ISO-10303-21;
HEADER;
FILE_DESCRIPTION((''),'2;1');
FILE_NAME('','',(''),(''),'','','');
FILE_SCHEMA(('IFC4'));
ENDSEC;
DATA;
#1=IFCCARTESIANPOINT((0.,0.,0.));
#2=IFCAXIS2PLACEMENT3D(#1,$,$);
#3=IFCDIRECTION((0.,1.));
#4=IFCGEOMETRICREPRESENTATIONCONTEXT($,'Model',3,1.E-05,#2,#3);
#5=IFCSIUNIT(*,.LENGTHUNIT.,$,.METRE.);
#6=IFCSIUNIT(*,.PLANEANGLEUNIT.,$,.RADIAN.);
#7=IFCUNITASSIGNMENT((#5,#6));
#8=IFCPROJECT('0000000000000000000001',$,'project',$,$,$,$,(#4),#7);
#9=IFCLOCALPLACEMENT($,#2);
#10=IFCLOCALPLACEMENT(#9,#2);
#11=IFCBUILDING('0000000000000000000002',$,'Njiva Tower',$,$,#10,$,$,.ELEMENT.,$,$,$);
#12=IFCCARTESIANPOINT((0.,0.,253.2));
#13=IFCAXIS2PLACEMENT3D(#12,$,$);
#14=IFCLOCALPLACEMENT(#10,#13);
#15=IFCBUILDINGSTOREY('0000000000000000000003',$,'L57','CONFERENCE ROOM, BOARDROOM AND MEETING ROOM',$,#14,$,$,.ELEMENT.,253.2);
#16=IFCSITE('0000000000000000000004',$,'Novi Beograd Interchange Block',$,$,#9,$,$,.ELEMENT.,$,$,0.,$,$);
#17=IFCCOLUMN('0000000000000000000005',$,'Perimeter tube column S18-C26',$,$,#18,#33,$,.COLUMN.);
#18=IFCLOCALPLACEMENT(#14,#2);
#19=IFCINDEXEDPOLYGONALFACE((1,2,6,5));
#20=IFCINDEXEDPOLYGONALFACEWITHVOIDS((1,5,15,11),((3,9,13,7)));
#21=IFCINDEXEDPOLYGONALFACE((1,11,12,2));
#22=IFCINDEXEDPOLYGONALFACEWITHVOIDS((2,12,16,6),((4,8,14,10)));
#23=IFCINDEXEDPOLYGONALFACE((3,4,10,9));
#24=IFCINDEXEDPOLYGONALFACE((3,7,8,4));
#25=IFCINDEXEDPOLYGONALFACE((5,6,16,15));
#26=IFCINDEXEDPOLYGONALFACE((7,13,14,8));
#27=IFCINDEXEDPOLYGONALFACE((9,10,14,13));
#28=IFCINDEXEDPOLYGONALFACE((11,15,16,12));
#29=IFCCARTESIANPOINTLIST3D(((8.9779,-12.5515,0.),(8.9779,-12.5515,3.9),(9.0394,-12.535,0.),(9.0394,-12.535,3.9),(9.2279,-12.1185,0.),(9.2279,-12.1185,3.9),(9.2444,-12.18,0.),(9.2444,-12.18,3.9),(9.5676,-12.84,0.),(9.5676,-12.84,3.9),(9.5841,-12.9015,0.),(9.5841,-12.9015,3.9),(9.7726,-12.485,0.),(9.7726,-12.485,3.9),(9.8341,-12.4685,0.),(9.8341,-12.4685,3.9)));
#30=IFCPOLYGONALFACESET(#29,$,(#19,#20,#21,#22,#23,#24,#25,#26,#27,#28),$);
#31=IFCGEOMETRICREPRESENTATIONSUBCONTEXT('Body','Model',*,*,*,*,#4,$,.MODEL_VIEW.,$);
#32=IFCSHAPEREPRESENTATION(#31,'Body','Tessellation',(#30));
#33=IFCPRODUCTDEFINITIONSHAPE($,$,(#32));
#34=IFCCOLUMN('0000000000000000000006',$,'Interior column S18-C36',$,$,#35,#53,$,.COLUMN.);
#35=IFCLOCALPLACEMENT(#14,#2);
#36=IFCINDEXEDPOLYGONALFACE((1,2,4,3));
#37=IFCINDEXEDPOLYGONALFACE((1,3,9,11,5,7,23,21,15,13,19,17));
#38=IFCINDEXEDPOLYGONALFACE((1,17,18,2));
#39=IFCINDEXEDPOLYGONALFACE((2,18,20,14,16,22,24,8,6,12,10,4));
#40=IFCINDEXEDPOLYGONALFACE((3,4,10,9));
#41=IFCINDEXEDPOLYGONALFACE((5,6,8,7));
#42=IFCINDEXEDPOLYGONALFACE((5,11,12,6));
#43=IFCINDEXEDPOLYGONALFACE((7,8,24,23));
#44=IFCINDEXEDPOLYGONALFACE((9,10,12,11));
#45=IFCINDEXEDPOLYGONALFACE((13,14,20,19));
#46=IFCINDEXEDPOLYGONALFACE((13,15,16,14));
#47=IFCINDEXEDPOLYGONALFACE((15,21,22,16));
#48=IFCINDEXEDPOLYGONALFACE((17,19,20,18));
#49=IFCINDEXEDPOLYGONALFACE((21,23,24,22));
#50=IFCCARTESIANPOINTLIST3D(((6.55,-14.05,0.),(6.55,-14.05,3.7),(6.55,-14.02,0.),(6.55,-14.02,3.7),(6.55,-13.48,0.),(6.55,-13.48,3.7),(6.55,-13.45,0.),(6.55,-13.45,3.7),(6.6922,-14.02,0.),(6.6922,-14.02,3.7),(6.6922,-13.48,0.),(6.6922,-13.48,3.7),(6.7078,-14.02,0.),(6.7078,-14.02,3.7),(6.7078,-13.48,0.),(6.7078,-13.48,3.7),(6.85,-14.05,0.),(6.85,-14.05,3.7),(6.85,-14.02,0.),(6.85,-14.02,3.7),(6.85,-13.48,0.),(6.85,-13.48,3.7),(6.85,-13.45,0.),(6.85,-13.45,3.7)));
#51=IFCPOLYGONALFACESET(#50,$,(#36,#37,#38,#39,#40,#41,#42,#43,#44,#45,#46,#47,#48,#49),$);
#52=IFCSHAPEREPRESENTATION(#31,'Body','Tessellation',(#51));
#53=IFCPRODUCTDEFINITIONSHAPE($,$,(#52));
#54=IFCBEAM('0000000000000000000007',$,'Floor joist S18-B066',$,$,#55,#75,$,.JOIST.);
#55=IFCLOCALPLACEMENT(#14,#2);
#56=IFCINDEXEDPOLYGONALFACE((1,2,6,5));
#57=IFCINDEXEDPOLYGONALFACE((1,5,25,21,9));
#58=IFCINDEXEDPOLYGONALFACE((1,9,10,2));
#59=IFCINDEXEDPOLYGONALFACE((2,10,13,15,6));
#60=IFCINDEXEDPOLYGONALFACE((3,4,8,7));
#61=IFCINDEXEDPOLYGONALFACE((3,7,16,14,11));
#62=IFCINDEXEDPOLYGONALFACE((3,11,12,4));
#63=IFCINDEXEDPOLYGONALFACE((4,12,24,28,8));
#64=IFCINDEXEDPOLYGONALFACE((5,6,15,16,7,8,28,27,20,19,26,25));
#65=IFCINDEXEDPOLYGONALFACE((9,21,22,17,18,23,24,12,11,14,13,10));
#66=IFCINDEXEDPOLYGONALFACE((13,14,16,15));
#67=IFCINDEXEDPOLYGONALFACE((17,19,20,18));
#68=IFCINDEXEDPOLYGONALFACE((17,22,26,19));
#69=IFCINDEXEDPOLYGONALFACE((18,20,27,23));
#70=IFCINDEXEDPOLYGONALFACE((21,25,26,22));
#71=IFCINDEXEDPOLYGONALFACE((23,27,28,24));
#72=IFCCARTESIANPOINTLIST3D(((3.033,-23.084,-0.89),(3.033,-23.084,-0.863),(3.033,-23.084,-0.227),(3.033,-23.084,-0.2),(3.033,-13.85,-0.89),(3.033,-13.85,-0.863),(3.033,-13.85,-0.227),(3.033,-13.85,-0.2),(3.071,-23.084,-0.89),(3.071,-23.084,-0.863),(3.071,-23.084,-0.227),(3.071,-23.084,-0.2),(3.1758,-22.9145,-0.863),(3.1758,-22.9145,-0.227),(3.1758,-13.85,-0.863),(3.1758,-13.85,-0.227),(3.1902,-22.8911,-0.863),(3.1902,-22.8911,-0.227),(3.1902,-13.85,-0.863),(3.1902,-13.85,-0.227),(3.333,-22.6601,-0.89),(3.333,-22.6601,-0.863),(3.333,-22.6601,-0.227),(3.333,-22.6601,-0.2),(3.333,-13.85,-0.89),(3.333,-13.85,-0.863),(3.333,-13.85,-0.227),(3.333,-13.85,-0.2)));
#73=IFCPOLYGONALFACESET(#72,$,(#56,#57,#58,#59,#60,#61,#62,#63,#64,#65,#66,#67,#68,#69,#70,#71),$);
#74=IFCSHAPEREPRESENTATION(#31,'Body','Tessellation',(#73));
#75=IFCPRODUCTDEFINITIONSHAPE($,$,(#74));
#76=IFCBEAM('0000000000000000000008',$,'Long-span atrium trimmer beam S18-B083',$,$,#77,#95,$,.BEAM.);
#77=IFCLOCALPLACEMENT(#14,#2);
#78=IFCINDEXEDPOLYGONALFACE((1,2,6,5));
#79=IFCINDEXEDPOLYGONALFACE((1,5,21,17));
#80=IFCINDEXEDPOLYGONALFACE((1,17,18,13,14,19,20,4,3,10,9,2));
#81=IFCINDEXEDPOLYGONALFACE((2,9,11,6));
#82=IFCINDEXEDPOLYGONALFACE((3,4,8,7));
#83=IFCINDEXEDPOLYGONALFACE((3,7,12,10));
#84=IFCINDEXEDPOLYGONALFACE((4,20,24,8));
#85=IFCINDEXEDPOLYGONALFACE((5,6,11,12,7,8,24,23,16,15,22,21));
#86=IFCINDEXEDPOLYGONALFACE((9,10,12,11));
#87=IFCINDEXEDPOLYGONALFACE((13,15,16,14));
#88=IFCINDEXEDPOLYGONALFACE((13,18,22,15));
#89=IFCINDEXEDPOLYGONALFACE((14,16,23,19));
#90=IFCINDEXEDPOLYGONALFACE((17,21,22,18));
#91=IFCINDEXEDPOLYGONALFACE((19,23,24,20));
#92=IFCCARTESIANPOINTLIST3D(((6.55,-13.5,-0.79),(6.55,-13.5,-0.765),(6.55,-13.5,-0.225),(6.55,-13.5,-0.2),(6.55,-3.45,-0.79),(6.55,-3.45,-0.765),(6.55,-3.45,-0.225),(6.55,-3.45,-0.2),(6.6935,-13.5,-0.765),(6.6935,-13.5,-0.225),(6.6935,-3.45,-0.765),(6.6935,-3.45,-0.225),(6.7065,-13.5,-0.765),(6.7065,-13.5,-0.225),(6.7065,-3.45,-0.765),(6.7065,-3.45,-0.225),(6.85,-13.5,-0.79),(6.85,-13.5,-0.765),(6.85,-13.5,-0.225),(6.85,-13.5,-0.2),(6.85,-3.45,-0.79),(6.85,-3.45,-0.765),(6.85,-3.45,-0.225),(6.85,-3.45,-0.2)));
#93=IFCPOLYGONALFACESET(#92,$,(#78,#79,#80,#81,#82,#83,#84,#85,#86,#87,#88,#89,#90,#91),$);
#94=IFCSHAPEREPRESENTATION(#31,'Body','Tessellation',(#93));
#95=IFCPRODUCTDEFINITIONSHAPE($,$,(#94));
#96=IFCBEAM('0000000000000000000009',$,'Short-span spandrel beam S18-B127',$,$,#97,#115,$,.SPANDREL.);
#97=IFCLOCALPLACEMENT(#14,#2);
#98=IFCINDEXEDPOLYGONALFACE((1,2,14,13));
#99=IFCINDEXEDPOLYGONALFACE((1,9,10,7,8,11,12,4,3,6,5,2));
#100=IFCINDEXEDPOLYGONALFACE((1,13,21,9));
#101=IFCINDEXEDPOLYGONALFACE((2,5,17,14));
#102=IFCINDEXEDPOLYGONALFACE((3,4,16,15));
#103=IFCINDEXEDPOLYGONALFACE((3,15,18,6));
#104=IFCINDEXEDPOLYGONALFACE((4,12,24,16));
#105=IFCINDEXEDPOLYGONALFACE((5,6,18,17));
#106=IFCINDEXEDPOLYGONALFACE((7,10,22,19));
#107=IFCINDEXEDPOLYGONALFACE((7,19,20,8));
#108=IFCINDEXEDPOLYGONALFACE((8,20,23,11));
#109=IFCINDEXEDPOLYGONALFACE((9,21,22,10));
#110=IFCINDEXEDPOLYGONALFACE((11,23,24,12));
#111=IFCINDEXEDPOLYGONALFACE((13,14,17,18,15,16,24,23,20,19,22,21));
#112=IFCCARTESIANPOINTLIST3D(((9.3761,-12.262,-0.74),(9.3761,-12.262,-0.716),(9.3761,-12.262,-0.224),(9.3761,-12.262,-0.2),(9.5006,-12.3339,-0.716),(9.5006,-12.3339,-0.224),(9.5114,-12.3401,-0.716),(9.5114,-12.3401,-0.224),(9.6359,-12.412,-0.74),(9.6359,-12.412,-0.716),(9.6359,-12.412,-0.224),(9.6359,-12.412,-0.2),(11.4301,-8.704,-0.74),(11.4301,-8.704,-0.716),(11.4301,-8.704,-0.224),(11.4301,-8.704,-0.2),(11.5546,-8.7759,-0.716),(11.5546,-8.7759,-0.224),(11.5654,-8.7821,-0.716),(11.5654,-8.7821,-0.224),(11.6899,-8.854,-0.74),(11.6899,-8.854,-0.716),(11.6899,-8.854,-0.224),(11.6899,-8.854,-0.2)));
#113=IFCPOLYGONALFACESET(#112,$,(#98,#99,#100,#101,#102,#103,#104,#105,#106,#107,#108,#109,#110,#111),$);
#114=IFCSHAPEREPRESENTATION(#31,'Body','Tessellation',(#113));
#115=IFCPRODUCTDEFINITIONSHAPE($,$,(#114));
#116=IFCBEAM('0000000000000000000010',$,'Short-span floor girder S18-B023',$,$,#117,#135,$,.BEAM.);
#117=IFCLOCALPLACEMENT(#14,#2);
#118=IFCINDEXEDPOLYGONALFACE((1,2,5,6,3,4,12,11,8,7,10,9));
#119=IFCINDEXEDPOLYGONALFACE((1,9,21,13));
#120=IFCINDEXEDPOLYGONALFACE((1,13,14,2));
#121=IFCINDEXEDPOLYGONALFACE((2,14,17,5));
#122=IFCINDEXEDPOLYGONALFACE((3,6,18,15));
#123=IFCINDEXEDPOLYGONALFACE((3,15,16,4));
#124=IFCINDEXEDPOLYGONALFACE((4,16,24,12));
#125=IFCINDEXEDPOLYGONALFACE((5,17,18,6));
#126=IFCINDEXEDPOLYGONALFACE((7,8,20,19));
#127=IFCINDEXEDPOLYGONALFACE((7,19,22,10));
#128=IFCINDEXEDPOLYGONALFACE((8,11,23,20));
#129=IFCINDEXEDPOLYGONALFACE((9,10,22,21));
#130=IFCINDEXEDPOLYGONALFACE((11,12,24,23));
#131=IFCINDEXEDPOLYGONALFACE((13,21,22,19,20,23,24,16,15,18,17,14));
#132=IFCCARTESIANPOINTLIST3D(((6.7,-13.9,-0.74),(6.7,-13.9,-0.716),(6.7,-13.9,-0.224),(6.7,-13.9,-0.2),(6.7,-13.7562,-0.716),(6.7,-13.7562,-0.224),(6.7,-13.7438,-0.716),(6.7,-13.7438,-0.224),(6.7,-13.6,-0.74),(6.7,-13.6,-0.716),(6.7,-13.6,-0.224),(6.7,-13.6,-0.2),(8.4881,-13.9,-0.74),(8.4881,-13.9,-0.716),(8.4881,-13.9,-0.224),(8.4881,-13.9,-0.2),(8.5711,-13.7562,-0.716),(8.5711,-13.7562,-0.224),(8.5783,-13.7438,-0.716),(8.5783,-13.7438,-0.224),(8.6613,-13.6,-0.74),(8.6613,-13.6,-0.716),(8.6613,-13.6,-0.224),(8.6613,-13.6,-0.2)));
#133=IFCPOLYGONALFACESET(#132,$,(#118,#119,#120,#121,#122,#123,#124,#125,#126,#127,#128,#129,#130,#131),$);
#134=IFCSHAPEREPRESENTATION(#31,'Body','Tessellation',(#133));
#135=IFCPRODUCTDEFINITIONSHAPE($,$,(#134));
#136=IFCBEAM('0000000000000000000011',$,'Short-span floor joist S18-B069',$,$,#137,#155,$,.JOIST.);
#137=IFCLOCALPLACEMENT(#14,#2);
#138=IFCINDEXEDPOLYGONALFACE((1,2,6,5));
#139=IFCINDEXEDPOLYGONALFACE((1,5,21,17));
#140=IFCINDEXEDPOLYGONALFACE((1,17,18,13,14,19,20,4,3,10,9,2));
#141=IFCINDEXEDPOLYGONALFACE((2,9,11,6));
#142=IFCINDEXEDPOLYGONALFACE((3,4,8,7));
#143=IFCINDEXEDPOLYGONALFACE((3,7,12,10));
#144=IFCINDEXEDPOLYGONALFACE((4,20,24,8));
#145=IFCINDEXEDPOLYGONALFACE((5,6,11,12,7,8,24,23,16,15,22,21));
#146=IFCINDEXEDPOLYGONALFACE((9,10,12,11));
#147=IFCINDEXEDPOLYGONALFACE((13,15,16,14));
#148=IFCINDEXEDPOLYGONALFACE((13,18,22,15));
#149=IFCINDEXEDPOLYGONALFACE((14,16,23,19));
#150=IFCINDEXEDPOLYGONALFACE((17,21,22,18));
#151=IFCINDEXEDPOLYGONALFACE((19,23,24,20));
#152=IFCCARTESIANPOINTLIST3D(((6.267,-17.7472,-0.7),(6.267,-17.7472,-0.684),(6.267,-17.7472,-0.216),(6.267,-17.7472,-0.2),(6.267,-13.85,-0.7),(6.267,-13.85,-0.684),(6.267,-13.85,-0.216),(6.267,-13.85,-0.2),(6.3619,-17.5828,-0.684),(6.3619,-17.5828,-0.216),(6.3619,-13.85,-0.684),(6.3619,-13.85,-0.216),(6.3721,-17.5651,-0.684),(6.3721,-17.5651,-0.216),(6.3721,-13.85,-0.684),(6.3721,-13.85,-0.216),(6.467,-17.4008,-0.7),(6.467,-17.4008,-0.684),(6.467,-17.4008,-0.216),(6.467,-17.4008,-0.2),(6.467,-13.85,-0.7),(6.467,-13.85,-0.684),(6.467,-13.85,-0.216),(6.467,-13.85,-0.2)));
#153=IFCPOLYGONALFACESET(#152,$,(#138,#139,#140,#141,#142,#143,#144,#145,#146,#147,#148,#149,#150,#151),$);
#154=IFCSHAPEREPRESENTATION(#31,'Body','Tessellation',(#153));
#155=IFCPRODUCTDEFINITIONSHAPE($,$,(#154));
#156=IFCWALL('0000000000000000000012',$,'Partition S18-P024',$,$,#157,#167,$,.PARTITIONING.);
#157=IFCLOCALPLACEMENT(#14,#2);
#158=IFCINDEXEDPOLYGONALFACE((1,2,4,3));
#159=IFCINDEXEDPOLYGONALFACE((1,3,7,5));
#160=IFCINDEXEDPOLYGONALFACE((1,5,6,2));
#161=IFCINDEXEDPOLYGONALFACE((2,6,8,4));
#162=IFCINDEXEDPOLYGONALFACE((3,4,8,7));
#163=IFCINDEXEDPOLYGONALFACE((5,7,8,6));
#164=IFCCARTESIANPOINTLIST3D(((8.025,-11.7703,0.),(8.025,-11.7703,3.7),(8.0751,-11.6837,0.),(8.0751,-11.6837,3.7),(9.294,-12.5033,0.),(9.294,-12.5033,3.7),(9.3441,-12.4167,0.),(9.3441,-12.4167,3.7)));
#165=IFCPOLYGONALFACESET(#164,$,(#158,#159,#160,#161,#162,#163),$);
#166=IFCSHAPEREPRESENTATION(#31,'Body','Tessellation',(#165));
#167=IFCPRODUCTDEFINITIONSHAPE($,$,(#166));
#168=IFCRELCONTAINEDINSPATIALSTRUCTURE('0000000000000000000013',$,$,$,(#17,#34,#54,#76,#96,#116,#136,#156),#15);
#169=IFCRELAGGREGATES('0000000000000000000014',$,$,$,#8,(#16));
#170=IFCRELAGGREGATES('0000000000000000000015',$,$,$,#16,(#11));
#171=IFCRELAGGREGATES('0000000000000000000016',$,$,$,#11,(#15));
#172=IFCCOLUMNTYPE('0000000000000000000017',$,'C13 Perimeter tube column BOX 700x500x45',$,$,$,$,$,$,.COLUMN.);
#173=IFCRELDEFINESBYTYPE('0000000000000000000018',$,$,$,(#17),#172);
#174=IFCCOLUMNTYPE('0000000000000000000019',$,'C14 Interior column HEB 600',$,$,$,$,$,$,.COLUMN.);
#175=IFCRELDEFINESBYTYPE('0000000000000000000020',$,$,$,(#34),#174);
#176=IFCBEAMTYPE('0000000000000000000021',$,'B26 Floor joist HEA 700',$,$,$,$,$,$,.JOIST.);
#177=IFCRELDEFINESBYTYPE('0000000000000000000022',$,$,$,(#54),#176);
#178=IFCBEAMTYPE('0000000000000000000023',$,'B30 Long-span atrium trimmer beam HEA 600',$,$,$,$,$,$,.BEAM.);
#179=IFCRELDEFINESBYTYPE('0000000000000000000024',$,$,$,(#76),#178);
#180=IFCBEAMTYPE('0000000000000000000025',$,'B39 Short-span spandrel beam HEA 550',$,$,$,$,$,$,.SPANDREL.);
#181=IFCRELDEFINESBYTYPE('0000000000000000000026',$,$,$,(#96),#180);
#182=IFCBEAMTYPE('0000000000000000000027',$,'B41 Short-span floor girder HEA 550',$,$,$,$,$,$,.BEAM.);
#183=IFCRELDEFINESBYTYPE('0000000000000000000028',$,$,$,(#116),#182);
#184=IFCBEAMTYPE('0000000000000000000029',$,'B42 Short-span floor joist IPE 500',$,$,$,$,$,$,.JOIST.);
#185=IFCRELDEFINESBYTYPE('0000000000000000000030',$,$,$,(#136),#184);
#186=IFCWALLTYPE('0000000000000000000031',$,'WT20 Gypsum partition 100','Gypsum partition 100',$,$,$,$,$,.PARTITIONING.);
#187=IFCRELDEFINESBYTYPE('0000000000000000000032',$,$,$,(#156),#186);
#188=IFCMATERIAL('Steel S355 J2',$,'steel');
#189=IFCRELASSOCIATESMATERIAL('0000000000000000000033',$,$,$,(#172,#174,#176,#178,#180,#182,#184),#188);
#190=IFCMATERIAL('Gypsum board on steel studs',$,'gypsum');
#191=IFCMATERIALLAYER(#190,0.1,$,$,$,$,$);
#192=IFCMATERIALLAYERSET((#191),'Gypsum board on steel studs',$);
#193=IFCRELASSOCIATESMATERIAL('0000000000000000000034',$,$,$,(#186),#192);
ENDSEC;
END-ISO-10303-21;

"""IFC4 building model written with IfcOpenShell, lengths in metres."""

from ifc_helpers import new_model, si_unit, direction, frame, frame_2d, origin, origin_2d, place, context, subcontext, project, spatial, rectangle, hollow_rectangle, i_section, extrude, clip, halfspace, material, layer, layer_set, material_profile, profile_set, type_object, element, save


model = new_model("IFC4")

# Units and contexts
model_context = context("Model", 3, precision=1e-05, world=origin(), true_north=direction((0.0, 1.0)))
body_context = subcontext(model_context, "Body", "Model", "MODEL_VIEW")
ifc_project = project(units=[si_unit("LENGTHUNIT", "METRE"), si_unit("PLANEANGLEUNIT", "RADIAN")], contexts=[model_context])

# Site, building, storey
site_placement = place(None, origin())
site = spatial("IfcSite", under=ifc_project, at=site_placement, Name="Novi Beograd Interchange Block", CompositionType="ELEMENT", RefElevation=0.0)
building_placement = place(site_placement, origin())
building = spatial("IfcBuilding", under=site, at=building_placement, Name="Njiva Tower", CompositionType="ELEMENT")
storey_placement = place(building_placement, frame((0.0, 0.0, 253.2)))
storey = spatial("IfcBuildingStorey", under=building, at=storey_placement, Name="L57", Description="CONFERENCE ROOM, BOARDROOM AND MEETING ROOM", CompositionType="ELEMENT", Elevation=253.2)

# Columns
ifc_material_1 = material(Name="Steel S355 J2", Category="steel")
ifc_material_profile_1 = material_profile(ifc_material_1, hollow_rectangle(XDim=0.5, YDim=0.7, WallThickness=0.045, at=origin_2d()), Name="BOX 700x500x45")
ifc_profile_set_1 = profile_set([ifc_material_profile_1], Name="Steel S355 J2")
column_type_1 = type_object("IfcColumnType", Name="C13 Perimeter tube column BOX 700x500x45", PredefinedType="COLUMN", material=ifc_profile_set_1)
column_1_placement = place(storey_placement, frame((9.406, -12.51, 0.0), z_axis=(0.0, 0.0, 1.0), x_axis=(0.5, 0.866025, 0.0)))
element("IfcColumn", 1, at=column_1_placement, inside=storey, type_object=column_type_1, Name="Perimeter tube column S18-C26", PredefinedType="COLUMN", context=body_context, shape_type="SweptSolid", body=[
    extrude(hollow_rectangle(XDim=0.5, YDim=0.7, WallThickness=0.045, at=origin_2d()), origin(), (0.0, 0.0, 1.0), 3.9),
])
ifc_material_profile_2 = material_profile(ifc_material_1, i_section(OverallWidth=0.3, OverallDepth=0.6, WebThickness=0.0155, FlangeThickness=0.03, at=origin_2d()), Name="HEB 600")
ifc_profile_set_2 = profile_set([ifc_material_profile_2], Name="Steel S355 J2")
column_type_2 = type_object("IfcColumnType", Name="C14 Interior column HEB 600", PredefinedType="COLUMN", material=ifc_profile_set_2)
column_2_placement = place(storey_placement, frame((6.7, -13.75, 0.0), z_axis=(0.0, 0.0, 1.0), x_axis=(1.0, 0.0, 0.0)))
element("IfcColumn", 2, at=column_2_placement, inside=storey, type_object=column_type_2, Name="Interior column S18-C36", PredefinedType="COLUMN", context=body_context, shape_type="SweptSolid", body=[
    extrude(i_section(OverallWidth=0.3, OverallDepth=0.6, WebThickness=0.0155, FlangeThickness=0.03, at=origin_2d()), origin(), (0.0, 0.0, 1.0), 3.7),
])

# Beams
ifc_material_profile_3 = material_profile(ifc_material_1, i_section(OverallWidth=0.3, OverallDepth=0.69, WebThickness=0.0145, FlangeThickness=0.027, at=origin_2d()), Name="HEA 700")
ifc_profile_set_3 = profile_set([ifc_material_profile_3], Name="Steel S355 J2")
beam_type_1 = type_object("IfcBeamType", Name="B26 Floor joist HEA 700", PredefinedType="JOIST", material=ifc_profile_set_3)
beam_1_placement = place(storey_placement, frame((3.183, -13.85, -0.545), z_axis=(0.0, -1.0, 0.0), x_axis=(1.0, 0.0, 0.0)))
element("IfcBeam", 3, at=beam_1_placement, inside=storey, type_object=beam_type_1, Name="Floor joist S18-B066", PredefinedType="JOIST", context=body_context, shape_type="Clipping", body=[
    clip(extrude(i_section(OverallWidth=0.3, OverallDepth=0.69, WebThickness=0.0145, FlangeThickness=0.027, at=origin_2d()), origin(), (0.0, 0.0, 1.0), 9.234), halfspace(frame((0.0429, 0.0, 8.9834), z_axis=(0.850625, 0.0, 0.525773), x_axis=(0.0, 1.0, 0.0)), False)),
])
ifc_material_profile_4 = material_profile(ifc_material_1, i_section(OverallWidth=0.3, OverallDepth=0.59, WebThickness=0.013, FlangeThickness=0.025, at=origin_2d()), Name="HEA 600")
ifc_profile_set_4 = profile_set([ifc_material_profile_4], Name="Steel S355 J2")
beam_type_2 = type_object("IfcBeamType", Name="B30 Long-span atrium trimmer beam HEA 600", PredefinedType="BEAM", material=ifc_profile_set_4)
beam_2_placement = place(storey_placement, frame((6.7, -13.5, -0.495), z_axis=(0.0, 1.0, 0.0), x_axis=(-1.0, 0.0, 0.0)))
element("IfcBeam", 4, at=beam_2_placement, inside=storey, type_object=beam_type_2, Name="Long-span atrium trimmer beam S18-B083", PredefinedType="BEAM", context=body_context, shape_type="SweptSolid", body=[
    extrude(i_section(OverallWidth=0.3, OverallDepth=0.59, WebThickness=0.013, FlangeThickness=0.025, at=origin_2d()), origin(), (0.0, 0.0, 1.0), 10.05),
])
ifc_material_profile_5 = material_profile(ifc_material_1, i_section(OverallWidth=0.3, OverallDepth=0.54, WebThickness=0.0125, FlangeThickness=0.024, at=origin_2d()), Name="HEA 550")
ifc_profile_set_5 = profile_set([ifc_material_profile_5], Name="Steel S355 J2")
beam_type_3 = type_object("IfcBeamType", Name="B39 Short-span spandrel beam HEA 550", PredefinedType="SPANDREL", material=ifc_profile_set_5)
beam_3_placement = place(storey_placement, frame((9.506, -12.337, -0.47), z_axis=(0.499961, 0.866048, 0.0), x_axis=(-0.866048, 0.499961, 0.0)))
element("IfcBeam", 5, at=beam_3_placement, inside=storey, type_object=beam_type_3, Name="Short-span spandrel beam S18-B127", PredefinedType="SPANDREL", context=body_context, shape_type="SweptSolid", body=[
    extrude(i_section(OverallWidth=0.3, OverallDepth=0.54, WebThickness=0.0125, FlangeThickness=0.024, at=origin_2d()), origin(), (0.0, 0.0, 1.0), 4.1083),
])
ifc_material_profile_6 = material_profile(ifc_material_1, i_section(OverallWidth=0.3, OverallDepth=0.54, WebThickness=0.0125, FlangeThickness=0.024, at=origin_2d()), Name="HEA 550")
ifc_profile_set_6 = profile_set([ifc_material_profile_6], Name="Steel S355 J2")
beam_type_4 = type_object("IfcBeamType", Name="B41 Short-span floor girder HEA 550", PredefinedType="BEAM", material=ifc_profile_set_6)
beam_4_placement = place(storey_placement, frame((6.7, -13.75, -0.47), z_axis=(1.0, 0.0, 0.0), x_axis=(0.0, 1.0, 0.0)))
element("IfcBeam", 6, at=beam_4_placement, inside=storey, type_object=beam_type_4, Name="Short-span floor girder S18-B023", PredefinedType="BEAM", context=body_context, shape_type="Clipping", body=[
    clip(extrude(i_section(OverallWidth=0.3, OverallDepth=0.54, WebThickness=0.0125, FlangeThickness=0.024, at=origin_2d()), origin(), (0.0, 0.0, 1.0), 1.982), halfspace(frame((-0.025, 0.0, 1.8603), z_axis=(-0.499998, 0.0, 0.866027), x_axis=(0.0, 1.0, 0.0)), False)),
])
ifc_material_profile_7 = material_profile(ifc_material_1, i_section(OverallWidth=0.2, OverallDepth=0.5, WebThickness=0.0102, FlangeThickness=0.016, at=origin_2d()), Name="IPE 500")
ifc_profile_set_7 = profile_set([ifc_material_profile_7], Name="Steel S355 J2")
beam_type_5 = type_object("IfcBeamType", Name="B42 Short-span floor joist IPE 500", PredefinedType="JOIST", material=ifc_profile_set_7)
beam_5_placement = place(storey_placement, frame((6.367, -13.85, -0.45), z_axis=(0.0, -1.0, 0.0), x_axis=(1.0, 0.0, 0.0)))
element("IfcBeam", 7, at=beam_5_placement, inside=storey, type_object=beam_type_5, Name="Short-span floor joist S18-B069", PredefinedType="JOIST", context=body_context, shape_type="Clipping", body=[
    clip(extrude(i_section(OverallWidth=0.2, OverallDepth=0.5, WebThickness=0.0102, FlangeThickness=0.016, at=origin_2d()), origin(), (0.0, 0.0, 1.0), 3.917), halfspace(frame((0.043, 0.0, 3.6495), z_axis=(0.866027, 0.0, 0.499998), x_axis=(0.0, 1.0, 0.0)), False)),
])

# Wall
ifc_material_2 = material(Name="Gypsum board on steel studs", Category="gypsum")
ifc_layer_1 = layer(ifc_material_2, 0.1)
ifc_layer_set_1 = layer_set([ifc_layer_1], Name="Gypsum board on steel studs")
wall_type_1 = type_object("IfcWallType", Name="WT20 Gypsum partition 100", Description="Gypsum partition 100", PredefinedType="PARTITIONING", material=ifc_layer_set_1)
wall_1_placement = place(storey_placement, frame((8.05, -11.727, 0.0), z_axis=(0.0, 0.0, 1.0), x_axis=(0.865924, -0.500175, 0.0)))
element("IfcWall", 8, at=wall_1_placement, inside=storey, type_object=wall_type_1, Name="Partition S18-P024", PredefinedType="PARTITIONING", context=body_context, shape_type="SweptSolid", body=[
    extrude(rectangle(XDim=1.4655, YDim=0.1, at=frame_2d((0.7328, 0.0))), origin(), (0.0, 0.0, 1.0), 3.7),
])

save(model, "model.ifc")
